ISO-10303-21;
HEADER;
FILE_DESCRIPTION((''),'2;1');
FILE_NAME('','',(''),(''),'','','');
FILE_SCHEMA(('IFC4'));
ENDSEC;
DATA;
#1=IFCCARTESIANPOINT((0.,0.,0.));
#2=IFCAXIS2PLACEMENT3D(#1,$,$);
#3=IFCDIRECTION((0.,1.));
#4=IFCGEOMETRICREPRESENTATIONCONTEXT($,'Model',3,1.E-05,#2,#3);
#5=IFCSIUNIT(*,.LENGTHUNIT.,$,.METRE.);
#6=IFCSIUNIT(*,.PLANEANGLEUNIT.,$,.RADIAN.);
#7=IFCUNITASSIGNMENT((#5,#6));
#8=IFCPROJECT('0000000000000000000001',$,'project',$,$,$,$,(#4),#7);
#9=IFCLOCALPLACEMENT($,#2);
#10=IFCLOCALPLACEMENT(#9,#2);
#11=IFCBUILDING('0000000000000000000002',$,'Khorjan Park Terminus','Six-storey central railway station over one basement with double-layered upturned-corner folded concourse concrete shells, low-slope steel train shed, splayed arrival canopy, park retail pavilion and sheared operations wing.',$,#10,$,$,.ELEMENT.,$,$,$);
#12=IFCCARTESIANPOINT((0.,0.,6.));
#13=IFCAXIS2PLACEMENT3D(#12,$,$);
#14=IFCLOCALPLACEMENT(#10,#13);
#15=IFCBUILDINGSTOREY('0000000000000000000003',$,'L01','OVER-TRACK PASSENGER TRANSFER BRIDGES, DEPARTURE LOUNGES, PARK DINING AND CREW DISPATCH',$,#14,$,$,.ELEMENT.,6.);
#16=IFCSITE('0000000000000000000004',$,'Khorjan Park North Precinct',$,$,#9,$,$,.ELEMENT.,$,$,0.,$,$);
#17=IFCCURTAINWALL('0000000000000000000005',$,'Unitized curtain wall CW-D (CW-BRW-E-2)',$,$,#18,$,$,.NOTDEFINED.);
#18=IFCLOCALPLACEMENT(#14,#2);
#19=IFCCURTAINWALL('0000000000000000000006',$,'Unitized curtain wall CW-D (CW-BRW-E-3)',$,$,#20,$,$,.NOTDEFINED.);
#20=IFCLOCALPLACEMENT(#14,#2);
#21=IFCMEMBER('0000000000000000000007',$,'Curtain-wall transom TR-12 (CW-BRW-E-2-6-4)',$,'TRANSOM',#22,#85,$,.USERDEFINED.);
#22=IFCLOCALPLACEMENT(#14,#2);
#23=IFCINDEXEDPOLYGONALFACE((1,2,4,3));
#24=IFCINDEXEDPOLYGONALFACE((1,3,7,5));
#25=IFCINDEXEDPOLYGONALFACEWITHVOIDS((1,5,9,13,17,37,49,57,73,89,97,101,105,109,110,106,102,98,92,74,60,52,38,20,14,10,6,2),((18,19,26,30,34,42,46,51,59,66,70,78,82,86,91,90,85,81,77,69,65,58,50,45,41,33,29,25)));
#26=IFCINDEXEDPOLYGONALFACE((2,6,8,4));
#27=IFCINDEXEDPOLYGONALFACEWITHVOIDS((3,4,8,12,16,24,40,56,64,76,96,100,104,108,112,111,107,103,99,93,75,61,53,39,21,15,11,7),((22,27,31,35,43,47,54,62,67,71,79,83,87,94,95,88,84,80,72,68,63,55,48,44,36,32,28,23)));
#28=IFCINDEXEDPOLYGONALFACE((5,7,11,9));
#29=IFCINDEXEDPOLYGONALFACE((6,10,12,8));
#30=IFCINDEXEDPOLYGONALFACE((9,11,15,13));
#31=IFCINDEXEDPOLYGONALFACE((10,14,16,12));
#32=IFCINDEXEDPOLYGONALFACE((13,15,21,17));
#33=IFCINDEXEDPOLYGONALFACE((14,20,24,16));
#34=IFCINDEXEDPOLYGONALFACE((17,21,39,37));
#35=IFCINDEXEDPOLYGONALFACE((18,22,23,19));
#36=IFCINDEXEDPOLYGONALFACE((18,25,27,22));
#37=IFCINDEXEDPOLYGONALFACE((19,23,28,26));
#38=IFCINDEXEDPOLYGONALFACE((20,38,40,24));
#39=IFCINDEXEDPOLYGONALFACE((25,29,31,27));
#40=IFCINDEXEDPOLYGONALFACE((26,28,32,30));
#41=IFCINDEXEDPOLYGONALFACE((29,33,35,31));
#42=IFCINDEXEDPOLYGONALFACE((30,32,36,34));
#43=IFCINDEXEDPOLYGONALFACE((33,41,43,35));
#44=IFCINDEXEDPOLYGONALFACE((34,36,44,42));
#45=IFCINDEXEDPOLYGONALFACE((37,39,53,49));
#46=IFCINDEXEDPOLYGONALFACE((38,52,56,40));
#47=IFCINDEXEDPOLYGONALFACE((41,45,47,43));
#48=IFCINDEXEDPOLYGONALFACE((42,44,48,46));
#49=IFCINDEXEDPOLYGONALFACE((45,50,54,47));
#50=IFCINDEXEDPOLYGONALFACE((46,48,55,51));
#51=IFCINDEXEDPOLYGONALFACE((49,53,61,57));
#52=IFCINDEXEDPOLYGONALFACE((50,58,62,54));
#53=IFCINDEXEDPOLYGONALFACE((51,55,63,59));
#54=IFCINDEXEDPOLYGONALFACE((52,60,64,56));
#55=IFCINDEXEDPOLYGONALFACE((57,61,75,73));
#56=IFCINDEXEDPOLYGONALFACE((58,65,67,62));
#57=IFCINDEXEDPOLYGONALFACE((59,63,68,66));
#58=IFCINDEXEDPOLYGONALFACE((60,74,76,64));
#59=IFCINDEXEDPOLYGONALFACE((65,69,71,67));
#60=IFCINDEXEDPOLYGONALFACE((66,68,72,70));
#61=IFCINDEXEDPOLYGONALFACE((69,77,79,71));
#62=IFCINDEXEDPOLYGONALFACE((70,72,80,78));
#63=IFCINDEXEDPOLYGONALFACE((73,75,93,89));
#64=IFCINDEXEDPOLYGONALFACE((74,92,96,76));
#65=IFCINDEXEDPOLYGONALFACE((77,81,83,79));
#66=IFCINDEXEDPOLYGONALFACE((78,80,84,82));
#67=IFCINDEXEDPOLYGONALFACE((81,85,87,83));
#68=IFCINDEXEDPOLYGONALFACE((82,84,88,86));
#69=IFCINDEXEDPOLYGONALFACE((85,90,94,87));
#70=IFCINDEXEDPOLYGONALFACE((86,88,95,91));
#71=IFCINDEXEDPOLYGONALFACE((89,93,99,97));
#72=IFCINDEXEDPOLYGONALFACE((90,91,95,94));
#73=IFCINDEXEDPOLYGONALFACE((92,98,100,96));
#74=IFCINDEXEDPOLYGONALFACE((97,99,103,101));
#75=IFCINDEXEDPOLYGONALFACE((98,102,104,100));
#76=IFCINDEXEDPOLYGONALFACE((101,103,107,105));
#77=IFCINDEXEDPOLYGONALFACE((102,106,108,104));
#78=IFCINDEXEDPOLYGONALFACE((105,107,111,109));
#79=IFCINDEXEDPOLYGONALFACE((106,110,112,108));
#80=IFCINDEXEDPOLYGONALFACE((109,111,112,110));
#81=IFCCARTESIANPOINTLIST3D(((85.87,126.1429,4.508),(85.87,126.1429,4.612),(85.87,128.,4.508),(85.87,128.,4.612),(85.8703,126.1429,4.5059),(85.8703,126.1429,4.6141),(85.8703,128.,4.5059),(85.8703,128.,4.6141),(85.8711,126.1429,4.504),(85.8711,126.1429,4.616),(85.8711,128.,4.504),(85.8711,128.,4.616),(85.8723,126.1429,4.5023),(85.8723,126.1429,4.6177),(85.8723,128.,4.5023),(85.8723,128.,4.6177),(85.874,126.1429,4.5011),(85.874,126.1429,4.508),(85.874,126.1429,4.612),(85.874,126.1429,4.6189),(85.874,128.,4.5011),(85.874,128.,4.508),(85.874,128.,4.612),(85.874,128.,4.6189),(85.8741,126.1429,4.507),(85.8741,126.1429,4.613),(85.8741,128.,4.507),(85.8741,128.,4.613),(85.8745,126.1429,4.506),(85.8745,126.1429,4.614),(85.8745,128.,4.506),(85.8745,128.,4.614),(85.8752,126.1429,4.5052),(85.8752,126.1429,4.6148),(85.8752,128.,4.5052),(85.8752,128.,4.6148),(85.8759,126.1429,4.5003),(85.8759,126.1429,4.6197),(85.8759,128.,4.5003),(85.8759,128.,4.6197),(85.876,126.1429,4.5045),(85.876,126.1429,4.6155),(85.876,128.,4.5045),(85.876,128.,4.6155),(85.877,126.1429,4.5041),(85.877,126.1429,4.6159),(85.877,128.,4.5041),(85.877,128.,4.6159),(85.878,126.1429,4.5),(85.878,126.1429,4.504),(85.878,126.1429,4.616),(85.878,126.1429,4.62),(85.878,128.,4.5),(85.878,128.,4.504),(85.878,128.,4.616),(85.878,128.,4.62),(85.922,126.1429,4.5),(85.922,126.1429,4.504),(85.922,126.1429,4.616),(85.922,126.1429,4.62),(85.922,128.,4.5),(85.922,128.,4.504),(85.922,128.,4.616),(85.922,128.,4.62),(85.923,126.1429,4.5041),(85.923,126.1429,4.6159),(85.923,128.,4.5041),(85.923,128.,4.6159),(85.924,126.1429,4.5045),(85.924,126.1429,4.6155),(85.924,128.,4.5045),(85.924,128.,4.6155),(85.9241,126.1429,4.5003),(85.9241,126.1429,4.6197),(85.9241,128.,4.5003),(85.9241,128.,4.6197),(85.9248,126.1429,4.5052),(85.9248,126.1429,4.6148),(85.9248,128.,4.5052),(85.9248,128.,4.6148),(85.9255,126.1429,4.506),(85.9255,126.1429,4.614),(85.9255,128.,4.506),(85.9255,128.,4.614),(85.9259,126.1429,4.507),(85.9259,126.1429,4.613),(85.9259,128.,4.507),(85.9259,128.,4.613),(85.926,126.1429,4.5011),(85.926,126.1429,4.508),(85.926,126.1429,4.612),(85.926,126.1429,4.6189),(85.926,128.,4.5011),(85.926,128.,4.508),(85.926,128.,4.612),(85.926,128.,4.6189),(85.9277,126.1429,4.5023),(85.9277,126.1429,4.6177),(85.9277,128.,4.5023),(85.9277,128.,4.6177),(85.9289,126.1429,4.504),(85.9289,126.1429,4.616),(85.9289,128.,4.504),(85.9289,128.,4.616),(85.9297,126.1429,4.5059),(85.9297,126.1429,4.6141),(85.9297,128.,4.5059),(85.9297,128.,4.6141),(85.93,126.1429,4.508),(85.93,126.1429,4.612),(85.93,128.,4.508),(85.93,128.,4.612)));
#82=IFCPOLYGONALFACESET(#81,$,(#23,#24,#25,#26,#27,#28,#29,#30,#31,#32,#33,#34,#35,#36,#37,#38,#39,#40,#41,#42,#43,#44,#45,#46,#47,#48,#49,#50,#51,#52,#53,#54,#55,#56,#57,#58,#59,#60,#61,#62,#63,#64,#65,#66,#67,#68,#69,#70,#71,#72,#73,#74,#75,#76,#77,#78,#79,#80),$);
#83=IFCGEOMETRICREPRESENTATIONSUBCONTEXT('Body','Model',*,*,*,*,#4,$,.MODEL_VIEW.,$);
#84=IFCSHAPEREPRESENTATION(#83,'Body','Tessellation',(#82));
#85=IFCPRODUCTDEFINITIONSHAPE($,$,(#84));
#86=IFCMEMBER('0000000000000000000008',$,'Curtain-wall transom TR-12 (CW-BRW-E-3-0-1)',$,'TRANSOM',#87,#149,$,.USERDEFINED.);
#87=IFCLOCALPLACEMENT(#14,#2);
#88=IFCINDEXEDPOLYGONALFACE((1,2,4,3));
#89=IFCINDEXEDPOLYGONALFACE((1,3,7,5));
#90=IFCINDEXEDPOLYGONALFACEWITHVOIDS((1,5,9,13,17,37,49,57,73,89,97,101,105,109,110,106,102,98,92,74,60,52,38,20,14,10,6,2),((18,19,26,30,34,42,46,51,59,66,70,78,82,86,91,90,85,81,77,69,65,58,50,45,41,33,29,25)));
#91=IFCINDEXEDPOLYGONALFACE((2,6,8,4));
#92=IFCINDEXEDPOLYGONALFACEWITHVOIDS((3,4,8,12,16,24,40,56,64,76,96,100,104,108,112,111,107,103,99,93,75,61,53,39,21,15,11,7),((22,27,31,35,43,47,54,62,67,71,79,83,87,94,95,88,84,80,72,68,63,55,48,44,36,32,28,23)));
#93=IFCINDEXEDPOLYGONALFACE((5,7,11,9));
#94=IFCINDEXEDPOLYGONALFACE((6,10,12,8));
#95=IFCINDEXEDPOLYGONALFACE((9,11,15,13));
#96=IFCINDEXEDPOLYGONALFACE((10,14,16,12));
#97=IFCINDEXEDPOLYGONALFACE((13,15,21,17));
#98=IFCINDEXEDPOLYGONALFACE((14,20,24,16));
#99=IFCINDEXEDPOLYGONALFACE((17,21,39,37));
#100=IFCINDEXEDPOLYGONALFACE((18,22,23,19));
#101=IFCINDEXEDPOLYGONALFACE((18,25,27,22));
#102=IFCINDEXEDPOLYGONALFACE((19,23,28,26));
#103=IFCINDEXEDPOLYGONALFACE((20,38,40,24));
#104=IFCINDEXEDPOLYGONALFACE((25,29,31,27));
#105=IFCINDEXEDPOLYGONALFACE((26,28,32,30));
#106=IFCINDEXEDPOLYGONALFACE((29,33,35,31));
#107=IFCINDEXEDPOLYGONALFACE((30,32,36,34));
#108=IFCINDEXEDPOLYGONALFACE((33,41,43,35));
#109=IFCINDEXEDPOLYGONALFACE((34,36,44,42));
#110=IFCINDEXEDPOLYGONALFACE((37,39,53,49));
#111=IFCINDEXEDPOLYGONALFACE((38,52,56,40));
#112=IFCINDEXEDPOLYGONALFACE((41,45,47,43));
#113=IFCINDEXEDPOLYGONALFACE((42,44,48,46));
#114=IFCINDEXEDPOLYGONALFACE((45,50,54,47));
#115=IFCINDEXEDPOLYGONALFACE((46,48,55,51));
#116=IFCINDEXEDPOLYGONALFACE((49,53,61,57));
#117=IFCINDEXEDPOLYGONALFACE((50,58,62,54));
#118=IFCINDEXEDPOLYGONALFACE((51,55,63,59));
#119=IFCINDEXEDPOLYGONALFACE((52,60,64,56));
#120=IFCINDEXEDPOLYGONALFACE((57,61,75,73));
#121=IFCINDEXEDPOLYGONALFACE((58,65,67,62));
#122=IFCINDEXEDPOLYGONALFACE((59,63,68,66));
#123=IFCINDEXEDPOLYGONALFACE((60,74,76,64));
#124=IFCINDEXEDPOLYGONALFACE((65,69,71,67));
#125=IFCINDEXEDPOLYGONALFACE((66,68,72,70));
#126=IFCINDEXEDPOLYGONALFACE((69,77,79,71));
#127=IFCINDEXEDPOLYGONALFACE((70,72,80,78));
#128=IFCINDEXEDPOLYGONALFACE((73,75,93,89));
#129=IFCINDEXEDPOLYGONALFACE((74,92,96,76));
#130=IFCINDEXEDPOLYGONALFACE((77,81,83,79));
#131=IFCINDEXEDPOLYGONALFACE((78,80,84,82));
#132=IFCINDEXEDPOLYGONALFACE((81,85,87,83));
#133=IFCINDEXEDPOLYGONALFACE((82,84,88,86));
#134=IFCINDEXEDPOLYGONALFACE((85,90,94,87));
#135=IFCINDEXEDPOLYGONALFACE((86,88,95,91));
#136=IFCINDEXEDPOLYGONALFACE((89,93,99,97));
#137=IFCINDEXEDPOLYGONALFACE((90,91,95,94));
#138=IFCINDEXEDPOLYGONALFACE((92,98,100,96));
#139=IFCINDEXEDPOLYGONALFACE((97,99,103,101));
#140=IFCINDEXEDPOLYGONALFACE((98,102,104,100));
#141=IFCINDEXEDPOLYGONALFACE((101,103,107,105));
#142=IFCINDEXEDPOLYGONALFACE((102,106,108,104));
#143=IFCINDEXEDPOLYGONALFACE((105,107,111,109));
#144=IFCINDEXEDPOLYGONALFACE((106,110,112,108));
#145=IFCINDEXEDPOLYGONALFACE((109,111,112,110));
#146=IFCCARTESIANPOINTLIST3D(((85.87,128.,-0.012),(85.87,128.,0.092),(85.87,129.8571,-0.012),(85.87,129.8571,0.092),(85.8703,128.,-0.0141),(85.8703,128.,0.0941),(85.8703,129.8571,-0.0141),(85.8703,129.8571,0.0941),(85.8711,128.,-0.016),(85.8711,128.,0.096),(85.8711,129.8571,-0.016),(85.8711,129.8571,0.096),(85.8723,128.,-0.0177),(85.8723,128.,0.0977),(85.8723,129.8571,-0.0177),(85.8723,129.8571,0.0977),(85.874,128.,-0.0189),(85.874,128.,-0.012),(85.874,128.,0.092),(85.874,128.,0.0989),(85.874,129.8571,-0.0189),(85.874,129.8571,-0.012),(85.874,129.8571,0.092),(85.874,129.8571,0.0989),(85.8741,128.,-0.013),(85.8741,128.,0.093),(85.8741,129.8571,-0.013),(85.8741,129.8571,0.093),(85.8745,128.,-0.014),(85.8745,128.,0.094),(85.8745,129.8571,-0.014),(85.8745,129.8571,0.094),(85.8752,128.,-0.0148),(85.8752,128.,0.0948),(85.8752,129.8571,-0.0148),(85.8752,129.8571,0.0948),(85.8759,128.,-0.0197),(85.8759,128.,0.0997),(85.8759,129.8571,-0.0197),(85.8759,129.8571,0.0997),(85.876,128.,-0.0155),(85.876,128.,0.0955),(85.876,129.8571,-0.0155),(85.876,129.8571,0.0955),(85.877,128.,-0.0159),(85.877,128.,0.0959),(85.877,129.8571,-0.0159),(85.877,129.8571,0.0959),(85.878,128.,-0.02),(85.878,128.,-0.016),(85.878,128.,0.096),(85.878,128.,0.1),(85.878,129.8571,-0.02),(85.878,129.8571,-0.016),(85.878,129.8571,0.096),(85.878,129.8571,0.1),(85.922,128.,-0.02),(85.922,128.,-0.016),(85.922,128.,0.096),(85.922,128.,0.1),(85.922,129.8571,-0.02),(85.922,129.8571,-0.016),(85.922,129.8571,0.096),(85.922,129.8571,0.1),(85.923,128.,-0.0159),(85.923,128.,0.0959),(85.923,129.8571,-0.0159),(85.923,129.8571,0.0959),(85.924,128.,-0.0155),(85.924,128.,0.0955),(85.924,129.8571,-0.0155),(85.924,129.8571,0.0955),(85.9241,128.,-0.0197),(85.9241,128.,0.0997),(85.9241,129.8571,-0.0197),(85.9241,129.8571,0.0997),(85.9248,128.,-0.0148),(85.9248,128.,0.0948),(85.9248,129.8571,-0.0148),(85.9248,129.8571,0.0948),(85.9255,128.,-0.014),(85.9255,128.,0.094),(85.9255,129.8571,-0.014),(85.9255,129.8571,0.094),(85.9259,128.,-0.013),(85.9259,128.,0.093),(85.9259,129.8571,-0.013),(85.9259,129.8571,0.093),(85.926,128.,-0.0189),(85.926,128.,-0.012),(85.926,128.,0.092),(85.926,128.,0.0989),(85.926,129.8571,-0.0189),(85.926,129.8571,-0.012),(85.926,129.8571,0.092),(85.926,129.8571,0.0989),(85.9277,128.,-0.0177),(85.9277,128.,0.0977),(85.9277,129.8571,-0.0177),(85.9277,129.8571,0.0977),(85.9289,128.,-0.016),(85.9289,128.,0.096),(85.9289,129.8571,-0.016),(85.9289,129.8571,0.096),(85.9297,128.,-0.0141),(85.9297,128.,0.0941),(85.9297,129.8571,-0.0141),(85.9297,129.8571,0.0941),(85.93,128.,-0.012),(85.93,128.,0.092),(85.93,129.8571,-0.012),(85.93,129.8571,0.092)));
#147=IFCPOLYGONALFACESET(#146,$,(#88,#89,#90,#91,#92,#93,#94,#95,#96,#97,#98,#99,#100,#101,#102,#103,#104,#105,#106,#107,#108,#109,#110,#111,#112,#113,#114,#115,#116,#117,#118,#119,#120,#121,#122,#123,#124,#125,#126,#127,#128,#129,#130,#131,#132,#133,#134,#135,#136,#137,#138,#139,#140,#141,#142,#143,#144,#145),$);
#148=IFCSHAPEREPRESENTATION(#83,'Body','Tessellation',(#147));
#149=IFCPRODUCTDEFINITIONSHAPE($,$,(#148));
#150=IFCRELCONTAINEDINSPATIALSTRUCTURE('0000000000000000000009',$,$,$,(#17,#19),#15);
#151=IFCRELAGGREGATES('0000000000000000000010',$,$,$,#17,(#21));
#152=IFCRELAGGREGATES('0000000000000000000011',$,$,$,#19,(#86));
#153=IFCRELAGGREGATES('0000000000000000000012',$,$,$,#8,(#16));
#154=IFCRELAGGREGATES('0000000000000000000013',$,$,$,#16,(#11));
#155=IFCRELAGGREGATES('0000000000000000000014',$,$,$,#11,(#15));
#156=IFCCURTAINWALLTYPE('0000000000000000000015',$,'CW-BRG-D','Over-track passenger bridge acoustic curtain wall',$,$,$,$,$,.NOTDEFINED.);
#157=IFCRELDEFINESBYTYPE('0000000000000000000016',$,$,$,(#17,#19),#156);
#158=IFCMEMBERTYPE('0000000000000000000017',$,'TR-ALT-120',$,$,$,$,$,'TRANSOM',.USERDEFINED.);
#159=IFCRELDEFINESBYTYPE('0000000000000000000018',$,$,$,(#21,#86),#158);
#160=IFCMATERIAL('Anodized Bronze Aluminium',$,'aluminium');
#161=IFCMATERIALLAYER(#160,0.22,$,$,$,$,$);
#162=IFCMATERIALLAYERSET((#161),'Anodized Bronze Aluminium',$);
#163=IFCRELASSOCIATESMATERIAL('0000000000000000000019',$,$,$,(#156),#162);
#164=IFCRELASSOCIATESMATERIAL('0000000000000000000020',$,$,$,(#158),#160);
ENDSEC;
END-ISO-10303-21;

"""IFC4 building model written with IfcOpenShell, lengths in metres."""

from ifc_helpers import new_model, si_unit, direction, frame, origin, origin_2d, place, context, subcontext, project, spatial, hollow_rectangle, extrude, material, layer, layer_set, material_profile, profile_set, type_object, element, aggregate, save


model = new_model("IFC4")

# Units and contexts
model_context = context("Model", 3, precision=1e-05, world=origin(), true_north=direction((0.0, 1.0)))
body_context = subcontext(model_context, "Body", "Model", "MODEL_VIEW")
ifc_project = project(units=[si_unit("LENGTHUNIT", "METRE"), si_unit("PLANEANGLEUNIT", "RADIAN")], contexts=[model_context])

# Site, building, storey
site_placement = place(None, origin())
site = spatial("IfcSite", under=ifc_project, at=site_placement, Name="Khorjan Park North Precinct", CompositionType="ELEMENT", RefElevation=0.0)
building_placement = place(site_placement, origin())
building = spatial("IfcBuilding", under=site, at=building_placement, Name="Khorjan Park Terminus", Description="Six-storey central railway station over one basement with double-layered upturned-corner folded concourse concrete shells, low-slope steel train shed, splayed arrival canopy, park retail pavilion and sheared operations wing.", CompositionType="ELEMENT")
storey_placement = place(building_placement, frame((0.0, 0.0, 6.0)))
storey = spatial("IfcBuildingStorey", under=building, at=storey_placement, Name="L01", Description="OVER-TRACK PASSENGER TRANSFER BRIDGES, DEPARTURE LOUNGES, PARK DINING AND CREW DISPATCH", CompositionType="ELEMENT", Elevation=6.0)

# Curtain wall
ifc_material_1 = material(Name="Anodized Bronze Aluminium", Category="aluminium")
ifc_layer_1 = layer(ifc_material_1, 0.22)
ifc_layer_set_1 = layer_set([ifc_layer_1], Name="Anodized Bronze Aluminium")
curtain_wall_type = type_object("IfcCurtainWallType", Name="CW-BRG-D", Description="Over-track passenger bridge acoustic curtain wall", PredefinedType="NOTDEFINED", material=ifc_layer_set_1)
curtain_wall_1_placement = place(storey_placement, origin())
curtain_wall_1 = element("IfcCurtainWall", 1, at=curtain_wall_1_placement, inside=storey, type_object=curtain_wall_type, Name="Unitized curtain wall CW-D (CW-BRW-E-2)", PredefinedType="NOTDEFINED")

# Curtain wall
curtain_wall_2_placement = place(storey_placement, origin())
curtain_wall_2 = element("IfcCurtainWall", 2, at=curtain_wall_2_placement, inside=storey, type_object=curtain_wall_type, Name="Unitized curtain wall CW-D (CW-BRW-E-3)", PredefinedType="NOTDEFINED")

# Members
ifc_material_profile_1 = material_profile(ifc_material_1, hollow_rectangle(XDim=0.06, YDim=0.12, WallThickness=0.004, InnerFilletRadius=0.004, OuterFilletRadius=0.008, at=origin_2d()), Name="ALT 60x120x4")
ifc_profile_set_1 = profile_set([ifc_material_profile_1], Name="Anodized Bronze Aluminium")
member_type_1 = type_object("IfcMemberType", Name="TR-ALT-120", ElementType="TRANSOM", PredefinedType="USERDEFINED", material=ifc_profile_set_1)
member_1_placement = place(storey_placement, frame((85.9, 126.1429, 4.56), z_axis=(0.0, 1.0, 0.0), x_axis=(-1.0, 0.0, 0.0)))
member_1 = element("IfcMember", 3, at=member_1_placement, type_object=member_type_1, Name="Curtain-wall transom TR-12 (CW-BRW-E-2-6-4)", ObjectType="TRANSOM", PredefinedType="USERDEFINED", context=body_context, shape_type="SweptSolid", body=[
    extrude(hollow_rectangle(XDim=0.06, YDim=0.12, WallThickness=0.004, InnerFilletRadius=0.004, OuterFilletRadius=0.008, at=origin_2d()), origin(), (0.0, 0.0, 1.0), 1.8571),
])
member_2_placement = place(storey_placement, frame((85.9, 128.0, 0.04), z_axis=(0.0, 1.0, 0.0), x_axis=(-1.0, 0.0, 0.0)))
member_2 = element("IfcMember", 4, at=member_2_placement, type_object=member_type_1, Name="Curtain-wall transom TR-12 (CW-BRW-E-3-0-1)", ObjectType="TRANSOM", PredefinedType="USERDEFINED", context=body_context, shape_type="SweptSolid", body=[
    extrude(hollow_rectangle(XDim=0.06, YDim=0.12, WallThickness=0.004, InnerFilletRadius=0.004, OuterFilletRadius=0.008, at=origin_2d()), origin(), (0.0, 0.0, 1.0), 1.8571),
])

aggregate(curtain_wall_1, [member_1])
aggregate(curtain_wall_2, [member_2])

save(model, "model.ifc")
